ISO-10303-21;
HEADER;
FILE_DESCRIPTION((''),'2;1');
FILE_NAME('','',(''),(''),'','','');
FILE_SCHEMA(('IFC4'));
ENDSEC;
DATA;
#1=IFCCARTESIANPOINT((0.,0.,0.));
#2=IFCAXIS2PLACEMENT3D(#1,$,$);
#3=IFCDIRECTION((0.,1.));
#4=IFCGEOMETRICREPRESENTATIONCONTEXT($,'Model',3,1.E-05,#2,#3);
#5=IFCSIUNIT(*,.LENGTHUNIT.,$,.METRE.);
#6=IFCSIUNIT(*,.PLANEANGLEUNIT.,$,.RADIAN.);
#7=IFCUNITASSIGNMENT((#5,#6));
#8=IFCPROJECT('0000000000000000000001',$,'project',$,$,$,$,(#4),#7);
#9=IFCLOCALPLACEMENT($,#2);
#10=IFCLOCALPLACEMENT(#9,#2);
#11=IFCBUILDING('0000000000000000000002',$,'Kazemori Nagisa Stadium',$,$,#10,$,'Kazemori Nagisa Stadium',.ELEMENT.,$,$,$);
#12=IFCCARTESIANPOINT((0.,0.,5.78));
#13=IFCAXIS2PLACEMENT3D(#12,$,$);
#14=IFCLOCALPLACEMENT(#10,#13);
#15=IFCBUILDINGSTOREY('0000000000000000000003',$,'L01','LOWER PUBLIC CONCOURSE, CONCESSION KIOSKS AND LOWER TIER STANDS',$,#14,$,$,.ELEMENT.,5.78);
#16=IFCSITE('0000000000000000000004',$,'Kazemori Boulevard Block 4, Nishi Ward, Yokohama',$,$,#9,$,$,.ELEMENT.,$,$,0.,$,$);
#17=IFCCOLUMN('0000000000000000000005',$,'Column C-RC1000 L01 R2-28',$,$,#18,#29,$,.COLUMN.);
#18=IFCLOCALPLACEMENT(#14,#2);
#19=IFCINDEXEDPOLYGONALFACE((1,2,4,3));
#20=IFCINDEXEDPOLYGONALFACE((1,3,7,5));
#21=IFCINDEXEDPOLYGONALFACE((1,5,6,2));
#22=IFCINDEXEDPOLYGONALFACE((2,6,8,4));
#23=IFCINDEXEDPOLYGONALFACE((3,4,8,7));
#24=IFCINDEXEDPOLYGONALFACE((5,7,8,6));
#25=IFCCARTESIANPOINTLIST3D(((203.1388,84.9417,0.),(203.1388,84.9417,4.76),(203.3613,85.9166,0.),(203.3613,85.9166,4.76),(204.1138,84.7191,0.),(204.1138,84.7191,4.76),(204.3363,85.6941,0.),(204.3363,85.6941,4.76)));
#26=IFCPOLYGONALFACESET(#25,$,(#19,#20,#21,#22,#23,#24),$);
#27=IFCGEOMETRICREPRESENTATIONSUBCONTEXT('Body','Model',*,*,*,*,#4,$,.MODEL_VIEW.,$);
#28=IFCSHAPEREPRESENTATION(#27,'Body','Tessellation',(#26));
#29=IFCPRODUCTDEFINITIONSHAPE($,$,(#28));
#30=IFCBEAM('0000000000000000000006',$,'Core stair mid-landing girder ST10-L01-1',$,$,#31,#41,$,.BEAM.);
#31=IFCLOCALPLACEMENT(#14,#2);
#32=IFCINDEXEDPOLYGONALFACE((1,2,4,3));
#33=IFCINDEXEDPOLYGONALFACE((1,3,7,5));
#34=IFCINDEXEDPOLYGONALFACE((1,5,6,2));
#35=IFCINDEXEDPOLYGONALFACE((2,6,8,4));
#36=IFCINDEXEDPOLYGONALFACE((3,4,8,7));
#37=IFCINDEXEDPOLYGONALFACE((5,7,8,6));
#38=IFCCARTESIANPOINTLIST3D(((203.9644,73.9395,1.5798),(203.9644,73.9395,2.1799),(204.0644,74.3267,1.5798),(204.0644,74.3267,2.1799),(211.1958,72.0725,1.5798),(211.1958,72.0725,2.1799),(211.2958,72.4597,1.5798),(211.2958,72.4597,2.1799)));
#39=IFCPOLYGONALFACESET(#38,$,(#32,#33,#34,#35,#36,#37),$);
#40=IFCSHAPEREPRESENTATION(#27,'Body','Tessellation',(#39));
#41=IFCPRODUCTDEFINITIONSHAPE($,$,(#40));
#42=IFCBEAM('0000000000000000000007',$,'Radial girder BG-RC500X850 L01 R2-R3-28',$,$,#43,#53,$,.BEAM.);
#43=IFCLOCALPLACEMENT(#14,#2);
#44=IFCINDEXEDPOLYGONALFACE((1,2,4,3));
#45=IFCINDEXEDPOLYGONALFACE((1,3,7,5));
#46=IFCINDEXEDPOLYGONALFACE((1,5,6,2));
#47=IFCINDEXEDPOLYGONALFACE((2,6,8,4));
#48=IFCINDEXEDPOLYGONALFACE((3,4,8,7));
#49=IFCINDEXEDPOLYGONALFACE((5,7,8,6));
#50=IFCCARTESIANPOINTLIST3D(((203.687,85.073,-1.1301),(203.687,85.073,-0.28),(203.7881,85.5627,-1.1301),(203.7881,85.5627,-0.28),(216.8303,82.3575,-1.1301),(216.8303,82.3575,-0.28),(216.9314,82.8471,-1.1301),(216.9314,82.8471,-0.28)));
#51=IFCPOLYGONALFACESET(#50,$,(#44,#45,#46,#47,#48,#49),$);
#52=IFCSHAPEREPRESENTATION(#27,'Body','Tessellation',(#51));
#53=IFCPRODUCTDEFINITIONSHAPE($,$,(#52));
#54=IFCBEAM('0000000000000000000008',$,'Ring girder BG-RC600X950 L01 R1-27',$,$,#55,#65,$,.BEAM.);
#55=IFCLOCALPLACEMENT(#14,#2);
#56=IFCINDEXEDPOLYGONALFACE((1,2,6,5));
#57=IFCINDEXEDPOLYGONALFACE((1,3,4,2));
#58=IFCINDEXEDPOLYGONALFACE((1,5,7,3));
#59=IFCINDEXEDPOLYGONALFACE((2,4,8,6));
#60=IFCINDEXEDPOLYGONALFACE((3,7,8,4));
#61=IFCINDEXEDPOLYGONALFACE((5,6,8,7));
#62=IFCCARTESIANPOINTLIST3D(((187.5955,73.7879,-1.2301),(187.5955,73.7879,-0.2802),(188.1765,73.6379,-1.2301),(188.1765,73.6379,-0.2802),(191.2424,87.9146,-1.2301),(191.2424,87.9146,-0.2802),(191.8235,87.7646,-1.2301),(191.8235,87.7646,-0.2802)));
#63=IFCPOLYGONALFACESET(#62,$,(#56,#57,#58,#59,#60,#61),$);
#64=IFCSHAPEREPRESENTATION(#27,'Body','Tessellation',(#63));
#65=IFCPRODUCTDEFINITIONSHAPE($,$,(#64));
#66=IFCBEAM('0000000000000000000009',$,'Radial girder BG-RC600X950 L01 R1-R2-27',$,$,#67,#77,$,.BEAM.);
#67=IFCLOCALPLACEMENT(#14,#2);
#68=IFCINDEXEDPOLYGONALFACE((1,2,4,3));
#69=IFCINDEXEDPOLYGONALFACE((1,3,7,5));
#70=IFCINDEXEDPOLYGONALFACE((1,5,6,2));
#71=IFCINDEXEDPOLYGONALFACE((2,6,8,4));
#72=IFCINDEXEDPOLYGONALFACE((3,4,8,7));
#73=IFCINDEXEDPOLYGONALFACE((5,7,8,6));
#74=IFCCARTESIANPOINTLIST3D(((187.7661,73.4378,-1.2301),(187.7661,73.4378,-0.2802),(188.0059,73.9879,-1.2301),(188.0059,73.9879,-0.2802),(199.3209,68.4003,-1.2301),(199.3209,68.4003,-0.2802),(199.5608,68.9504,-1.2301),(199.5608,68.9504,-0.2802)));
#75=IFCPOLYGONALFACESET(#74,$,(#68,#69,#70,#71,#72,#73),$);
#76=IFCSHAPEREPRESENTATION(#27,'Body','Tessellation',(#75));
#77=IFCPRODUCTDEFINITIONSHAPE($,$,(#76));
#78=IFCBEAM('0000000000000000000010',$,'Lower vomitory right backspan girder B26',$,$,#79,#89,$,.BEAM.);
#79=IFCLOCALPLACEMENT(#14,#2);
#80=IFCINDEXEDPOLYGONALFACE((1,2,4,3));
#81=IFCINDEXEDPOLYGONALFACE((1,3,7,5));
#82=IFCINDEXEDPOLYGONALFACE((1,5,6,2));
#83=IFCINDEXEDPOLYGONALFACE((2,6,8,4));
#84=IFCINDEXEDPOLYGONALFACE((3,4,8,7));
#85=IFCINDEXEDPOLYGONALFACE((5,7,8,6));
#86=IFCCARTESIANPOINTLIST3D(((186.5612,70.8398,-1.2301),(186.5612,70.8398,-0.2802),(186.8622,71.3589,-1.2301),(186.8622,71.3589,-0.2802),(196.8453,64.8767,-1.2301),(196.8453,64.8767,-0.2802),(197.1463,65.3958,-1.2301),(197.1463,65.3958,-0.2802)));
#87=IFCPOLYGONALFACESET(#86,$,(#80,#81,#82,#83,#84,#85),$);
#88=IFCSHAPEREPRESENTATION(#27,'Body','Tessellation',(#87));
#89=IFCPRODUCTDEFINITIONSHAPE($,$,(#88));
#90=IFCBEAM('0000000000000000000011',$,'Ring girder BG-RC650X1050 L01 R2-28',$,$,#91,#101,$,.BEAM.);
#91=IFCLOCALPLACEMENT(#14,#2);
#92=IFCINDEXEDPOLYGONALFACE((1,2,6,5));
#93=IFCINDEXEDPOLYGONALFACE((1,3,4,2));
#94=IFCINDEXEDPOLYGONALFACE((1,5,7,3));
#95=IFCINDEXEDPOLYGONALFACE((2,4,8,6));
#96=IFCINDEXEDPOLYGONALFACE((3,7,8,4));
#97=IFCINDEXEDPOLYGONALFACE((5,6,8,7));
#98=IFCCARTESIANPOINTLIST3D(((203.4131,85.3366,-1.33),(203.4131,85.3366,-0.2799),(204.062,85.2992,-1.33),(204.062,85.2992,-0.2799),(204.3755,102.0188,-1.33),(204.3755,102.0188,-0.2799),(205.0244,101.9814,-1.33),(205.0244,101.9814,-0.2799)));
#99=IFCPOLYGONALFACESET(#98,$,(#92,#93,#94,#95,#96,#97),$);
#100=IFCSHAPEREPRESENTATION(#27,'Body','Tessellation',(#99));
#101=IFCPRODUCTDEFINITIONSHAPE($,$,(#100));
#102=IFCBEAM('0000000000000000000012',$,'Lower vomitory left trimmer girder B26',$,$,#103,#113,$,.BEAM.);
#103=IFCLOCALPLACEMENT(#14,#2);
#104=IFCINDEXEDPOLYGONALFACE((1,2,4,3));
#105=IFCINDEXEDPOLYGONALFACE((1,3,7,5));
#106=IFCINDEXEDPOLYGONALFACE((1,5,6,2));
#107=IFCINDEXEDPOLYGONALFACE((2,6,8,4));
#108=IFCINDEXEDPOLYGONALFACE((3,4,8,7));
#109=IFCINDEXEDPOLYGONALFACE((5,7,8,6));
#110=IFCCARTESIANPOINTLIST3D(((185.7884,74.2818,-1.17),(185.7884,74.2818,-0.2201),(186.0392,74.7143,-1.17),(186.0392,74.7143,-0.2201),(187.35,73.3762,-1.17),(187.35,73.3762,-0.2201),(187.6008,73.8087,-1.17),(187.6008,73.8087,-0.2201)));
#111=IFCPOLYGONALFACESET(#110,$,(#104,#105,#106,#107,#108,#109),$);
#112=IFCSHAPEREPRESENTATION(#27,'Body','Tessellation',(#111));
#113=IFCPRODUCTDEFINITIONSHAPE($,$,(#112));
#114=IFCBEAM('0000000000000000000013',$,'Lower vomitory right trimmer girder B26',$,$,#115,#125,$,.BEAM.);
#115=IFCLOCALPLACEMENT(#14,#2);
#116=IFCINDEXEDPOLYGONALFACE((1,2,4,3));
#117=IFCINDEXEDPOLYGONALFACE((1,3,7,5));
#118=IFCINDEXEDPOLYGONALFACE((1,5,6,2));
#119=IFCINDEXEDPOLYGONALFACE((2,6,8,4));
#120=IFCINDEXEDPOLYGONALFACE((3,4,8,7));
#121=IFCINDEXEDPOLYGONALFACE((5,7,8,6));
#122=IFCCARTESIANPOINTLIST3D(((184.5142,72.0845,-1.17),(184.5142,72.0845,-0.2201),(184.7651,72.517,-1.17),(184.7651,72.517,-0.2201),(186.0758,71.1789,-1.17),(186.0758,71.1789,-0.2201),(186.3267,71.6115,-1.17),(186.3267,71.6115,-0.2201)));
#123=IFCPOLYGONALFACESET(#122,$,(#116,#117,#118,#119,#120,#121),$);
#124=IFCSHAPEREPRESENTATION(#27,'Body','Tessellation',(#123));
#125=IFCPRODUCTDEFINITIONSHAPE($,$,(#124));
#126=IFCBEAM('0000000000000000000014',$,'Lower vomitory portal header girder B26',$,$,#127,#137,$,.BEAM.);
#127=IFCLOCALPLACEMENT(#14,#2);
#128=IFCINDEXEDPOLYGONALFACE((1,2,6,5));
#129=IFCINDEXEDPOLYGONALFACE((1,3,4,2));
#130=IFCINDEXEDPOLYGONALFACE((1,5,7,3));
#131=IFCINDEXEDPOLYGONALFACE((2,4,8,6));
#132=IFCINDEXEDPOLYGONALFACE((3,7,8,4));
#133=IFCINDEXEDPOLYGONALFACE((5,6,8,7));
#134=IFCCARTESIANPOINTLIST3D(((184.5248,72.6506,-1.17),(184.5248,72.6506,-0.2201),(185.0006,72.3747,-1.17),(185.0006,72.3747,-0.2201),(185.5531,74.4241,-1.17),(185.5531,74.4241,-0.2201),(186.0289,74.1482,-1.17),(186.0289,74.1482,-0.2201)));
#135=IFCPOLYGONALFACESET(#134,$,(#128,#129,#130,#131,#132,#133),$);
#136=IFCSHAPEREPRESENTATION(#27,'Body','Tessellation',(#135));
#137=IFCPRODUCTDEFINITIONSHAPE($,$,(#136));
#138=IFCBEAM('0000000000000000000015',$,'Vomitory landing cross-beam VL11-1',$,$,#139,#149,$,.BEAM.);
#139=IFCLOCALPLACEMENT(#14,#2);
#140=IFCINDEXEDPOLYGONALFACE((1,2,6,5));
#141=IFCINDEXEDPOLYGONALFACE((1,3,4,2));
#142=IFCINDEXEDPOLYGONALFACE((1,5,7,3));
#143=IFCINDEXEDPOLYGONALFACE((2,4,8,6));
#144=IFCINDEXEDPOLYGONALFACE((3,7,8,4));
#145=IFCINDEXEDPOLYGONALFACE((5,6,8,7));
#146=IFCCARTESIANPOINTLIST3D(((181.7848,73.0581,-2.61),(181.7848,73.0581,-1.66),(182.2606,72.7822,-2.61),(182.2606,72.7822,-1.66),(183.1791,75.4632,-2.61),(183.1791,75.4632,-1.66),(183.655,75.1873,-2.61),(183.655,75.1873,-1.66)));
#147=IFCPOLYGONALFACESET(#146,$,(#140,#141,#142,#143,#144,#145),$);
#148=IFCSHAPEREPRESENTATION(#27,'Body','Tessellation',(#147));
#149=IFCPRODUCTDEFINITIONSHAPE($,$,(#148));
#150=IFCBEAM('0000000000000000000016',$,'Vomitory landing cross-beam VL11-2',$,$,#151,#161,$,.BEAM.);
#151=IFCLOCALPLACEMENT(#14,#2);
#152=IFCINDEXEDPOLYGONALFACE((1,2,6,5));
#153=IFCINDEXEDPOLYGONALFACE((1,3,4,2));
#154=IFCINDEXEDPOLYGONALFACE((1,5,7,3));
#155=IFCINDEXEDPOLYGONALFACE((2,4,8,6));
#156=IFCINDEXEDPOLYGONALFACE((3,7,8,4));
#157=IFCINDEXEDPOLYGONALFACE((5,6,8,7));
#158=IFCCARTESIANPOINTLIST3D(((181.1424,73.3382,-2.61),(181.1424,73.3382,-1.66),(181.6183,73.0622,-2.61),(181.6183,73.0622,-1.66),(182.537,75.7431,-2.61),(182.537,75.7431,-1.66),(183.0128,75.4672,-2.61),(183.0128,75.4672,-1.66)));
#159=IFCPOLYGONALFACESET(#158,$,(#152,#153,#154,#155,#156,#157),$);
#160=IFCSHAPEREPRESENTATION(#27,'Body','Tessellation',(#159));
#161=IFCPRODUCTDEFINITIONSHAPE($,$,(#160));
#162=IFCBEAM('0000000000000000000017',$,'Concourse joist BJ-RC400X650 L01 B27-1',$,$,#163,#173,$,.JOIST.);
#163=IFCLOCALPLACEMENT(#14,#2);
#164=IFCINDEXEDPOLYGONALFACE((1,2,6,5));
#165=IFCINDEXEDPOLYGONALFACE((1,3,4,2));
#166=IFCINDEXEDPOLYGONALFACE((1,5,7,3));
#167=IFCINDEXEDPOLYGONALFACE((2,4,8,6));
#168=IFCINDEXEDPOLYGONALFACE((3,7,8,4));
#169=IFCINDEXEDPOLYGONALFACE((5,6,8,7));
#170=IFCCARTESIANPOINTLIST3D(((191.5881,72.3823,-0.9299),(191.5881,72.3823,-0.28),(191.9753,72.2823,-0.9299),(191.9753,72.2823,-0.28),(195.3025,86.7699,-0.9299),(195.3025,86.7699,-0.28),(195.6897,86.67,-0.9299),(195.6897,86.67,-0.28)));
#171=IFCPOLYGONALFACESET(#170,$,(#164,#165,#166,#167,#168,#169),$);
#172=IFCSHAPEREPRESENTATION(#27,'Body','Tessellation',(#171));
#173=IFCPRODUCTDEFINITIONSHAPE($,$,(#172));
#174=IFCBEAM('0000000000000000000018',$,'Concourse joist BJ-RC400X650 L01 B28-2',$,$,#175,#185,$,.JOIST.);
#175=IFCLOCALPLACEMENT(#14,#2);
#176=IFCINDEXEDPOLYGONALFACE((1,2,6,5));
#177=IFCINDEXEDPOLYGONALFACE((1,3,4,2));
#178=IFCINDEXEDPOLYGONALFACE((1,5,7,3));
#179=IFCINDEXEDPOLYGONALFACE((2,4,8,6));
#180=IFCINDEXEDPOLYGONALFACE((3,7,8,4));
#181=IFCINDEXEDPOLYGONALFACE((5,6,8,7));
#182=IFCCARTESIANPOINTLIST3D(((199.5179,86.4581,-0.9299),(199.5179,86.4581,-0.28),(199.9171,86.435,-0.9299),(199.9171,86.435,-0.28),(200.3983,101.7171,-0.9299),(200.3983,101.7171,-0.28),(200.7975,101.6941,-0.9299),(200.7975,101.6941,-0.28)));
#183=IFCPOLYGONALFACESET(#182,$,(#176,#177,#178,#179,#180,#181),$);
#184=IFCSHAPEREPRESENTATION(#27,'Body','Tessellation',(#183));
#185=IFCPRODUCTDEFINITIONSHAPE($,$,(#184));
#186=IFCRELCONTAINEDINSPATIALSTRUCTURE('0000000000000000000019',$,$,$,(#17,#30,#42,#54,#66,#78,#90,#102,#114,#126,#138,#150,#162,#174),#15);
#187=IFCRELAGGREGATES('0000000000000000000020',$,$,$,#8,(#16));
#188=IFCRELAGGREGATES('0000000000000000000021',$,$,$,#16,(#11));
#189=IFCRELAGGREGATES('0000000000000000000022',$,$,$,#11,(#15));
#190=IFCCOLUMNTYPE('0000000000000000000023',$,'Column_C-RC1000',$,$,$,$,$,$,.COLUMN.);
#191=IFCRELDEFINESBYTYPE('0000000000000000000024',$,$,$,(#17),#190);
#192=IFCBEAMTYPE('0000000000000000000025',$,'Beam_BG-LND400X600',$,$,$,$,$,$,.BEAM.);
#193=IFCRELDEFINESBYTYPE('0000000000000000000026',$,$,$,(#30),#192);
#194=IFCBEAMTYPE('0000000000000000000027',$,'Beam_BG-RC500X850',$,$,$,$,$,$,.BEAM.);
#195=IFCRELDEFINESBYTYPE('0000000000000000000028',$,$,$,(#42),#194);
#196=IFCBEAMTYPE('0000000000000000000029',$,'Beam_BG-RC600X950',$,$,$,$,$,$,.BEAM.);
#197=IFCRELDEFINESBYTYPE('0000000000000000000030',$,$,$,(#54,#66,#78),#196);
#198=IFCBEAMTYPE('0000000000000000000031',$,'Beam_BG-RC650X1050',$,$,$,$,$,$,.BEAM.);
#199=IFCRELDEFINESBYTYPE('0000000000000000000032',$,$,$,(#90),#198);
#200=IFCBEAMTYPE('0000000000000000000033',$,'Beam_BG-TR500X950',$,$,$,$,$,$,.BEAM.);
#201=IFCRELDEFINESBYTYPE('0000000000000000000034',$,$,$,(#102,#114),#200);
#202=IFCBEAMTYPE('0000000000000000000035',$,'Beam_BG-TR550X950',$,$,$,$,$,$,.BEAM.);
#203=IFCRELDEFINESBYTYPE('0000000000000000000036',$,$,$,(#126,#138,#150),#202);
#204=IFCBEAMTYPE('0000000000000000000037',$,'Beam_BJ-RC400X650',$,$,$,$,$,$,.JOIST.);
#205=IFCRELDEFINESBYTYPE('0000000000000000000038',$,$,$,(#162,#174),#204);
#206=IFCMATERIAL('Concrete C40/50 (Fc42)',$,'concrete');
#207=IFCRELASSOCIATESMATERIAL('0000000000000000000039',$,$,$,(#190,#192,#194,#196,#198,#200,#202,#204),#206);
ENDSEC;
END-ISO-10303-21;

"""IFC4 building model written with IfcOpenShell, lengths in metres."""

from ifc_helpers import new_model, si_unit, direction, frame, origin, origin_2d, place, context, subcontext, project, spatial, rectangle, extrude, material, material_profile, profile_set, type_object, element, save


model = new_model("IFC4")

# Units and contexts
model_context = context("Model", 3, precision=1e-05, world=origin(), true_north=direction((0.0, 1.0)))
body_context = subcontext(model_context, "Body", "Model", "MODEL_VIEW")
ifc_project = project(units=[si_unit("LENGTHUNIT", "METRE"), si_unit("PLANEANGLEUNIT", "RADIAN")], contexts=[model_context])

# Site, building, storey
site_placement = place(None, origin())
site = spatial("IfcSite", under=ifc_project, at=site_placement, Name="Kazemori Boulevard Block 4, Nishi Ward, Yokohama", CompositionType="ELEMENT", RefElevation=0.0)
building_placement = place(site_placement, origin())
building = spatial("IfcBuilding", under=site, at=building_placement, Name="Kazemori Nagisa Stadium", LongName="Kazemori Nagisa Stadium", CompositionType="ELEMENT")
storey_placement = place(building_placement, frame((0.0, 0.0, 5.78)))
storey = spatial("IfcBuildingStorey", under=building, at=storey_placement, Name="L01", Description="LOWER PUBLIC CONCOURSE, CONCESSION KIOSKS AND LOWER TIER STANDS", CompositionType="ELEMENT", Elevation=5.78)

# Column
ifc_material_1 = material(Name="Concrete C40/50 (Fc42)", Category="concrete")
ifc_material_profile_1 = material_profile(ifc_material_1, rectangle(XDim=1.0, YDim=1.0, at=origin_2d()), Name="RC-COL-1000x1000")
ifc_profile_set_1 = profile_set([ifc_material_profile_1], Name="Concrete C40/50 (Fc42)")
column_type_1 = type_object("IfcColumnType", Name="Column_C-RC1000", PredefinedType="COLUMN", material=ifc_profile_set_1)
column_1_placement = place(storey_placement, frame((203.7375, 85.3179, 0.0), z_axis=(0.0, 0.0, 1.0), x_axis=(0.974928, -0.222521, 0.0)))
element("IfcColumn", 1, at=column_1_placement, inside=storey, type_object=column_type_1, Name="Column C-RC1000 L01 R2-28", PredefinedType="COLUMN", context=body_context, shape_type="SweptSolid", body=[
    extrude(rectangle(XDim=1.0, YDim=1.0, at=origin_2d()), origin(), (0.0, 0.0, 1.0), 4.76),
])

# Beams
ifc_material_profile_2 = material_profile(ifc_material_1, rectangle(XDim=0.3999, YDim=0.6001, at=origin_2d()), Name="RC-BM-400x600")
ifc_profile_set_2 = profile_set([ifc_material_profile_2], Name="Concrete C40/50 (Fc42)")
beam_type_1 = type_object("IfcBeamType", Name="Beam_BG-LND400X600", PredefinedType="BEAM", material=ifc_profile_set_2)
beam_1_placement = place(storey_placement, frame((204.0144, 74.1331, 1.8799), z_axis=(0.968253, -0.249974, 0.0), x_axis=(0.249974, 0.968253, 0.0)))
element("IfcBeam", 2, at=beam_1_placement, inside=storey, type_object=beam_type_1, Name="Core stair mid-landing girder ST10-L01-1", PredefinedType="BEAM", context=body_context, shape_type="SweptSolid", body=[
    extrude(rectangle(XDim=0.3999, YDim=0.6001, at=origin_2d()), origin(), (0.0, 0.0, 1.0), 7.4685),
])
ifc_material_profile_3 = material_profile(ifc_material_1, rectangle(XDim=0.5, YDim=0.8501, at=origin_2d()), Name="RC-BM-500x850")
ifc_profile_set_3 = profile_set([ifc_material_profile_3], Name="Concrete C40/50 (Fc42)")
beam_type_2 = type_object("IfcBeamType", Name="Beam_BG-RC500X850", PredefinedType="BEAM", material=ifc_profile_set_3)
beam_2_placement = place(storey_placement, frame((203.7375, 85.3179, -0.7051), z_axis=(0.979316, -0.202339, 0.0), x_axis=(0.202339, 0.979316, 0.0)))
element("IfcBeam", 3, at=beam_2_placement, inside=storey, type_object=beam_type_2, Name="Radial girder BG-RC500X850 L01 R2-R3-28", PredefinedType="BEAM", context=body_context, shape_type="SweptSolid", body=[
    extrude(rectangle(XDim=0.5, YDim=0.8501, at=origin_2d()), origin(), (0.0, 0.0, 1.0), 13.4209),
])
ifc_material_profile_4 = material_profile(ifc_material_1, rectangle(XDim=0.6001, YDim=0.95, at=origin_2d()), Name="RC-BM-600x950")
ifc_profile_set_4 = profile_set([ifc_material_profile_4], Name="Concrete C40/50 (Fc42)")
beam_type_3 = type_object("IfcBeamType", Name="Beam_BG-RC600X950", PredefinedType="BEAM", material=ifc_profile_set_4)
beam_3_placement = place(storey_placement, frame((187.886, 73.7129, -0.7551), z_axis=(0.249966, 0.968255, 0.0), x_axis=(-0.968255, 0.249966, 0.0)))
element("IfcBeam", 4, at=beam_3_placement, inside=storey, type_object=beam_type_3, Name="Ring girder BG-RC600X950 L01 R1-27", PredefinedType="BEAM", context=body_context, shape_type="SweptSolid", body=[
    extrude(rectangle(XDim=0.6001, YDim=0.95, at=origin_2d()), origin(), (0.0, 0.0, 1.0), 14.5898),
])
beam_4_placement = place(storey_placement, frame((187.886, 73.7129, -0.7551), z_axis=(0.916672, -0.399641, 0.0), x_axis=(0.399641, 0.916672, 0.0)))
element("IfcBeam", 5, at=beam_4_placement, inside=storey, type_object=beam_type_3, Name="Radial girder BG-RC600X950 L01 R1-R2-27", PredefinedType="BEAM", context=body_context, shape_type="SweptSolid", body=[
    extrude(rectangle(XDim=0.6001, YDim=0.95, at=origin_2d()), origin(), (0.0, 0.0, 1.0), 12.6052),
])
beam_5_placement = place(storey_placement, frame((186.7117, 71.0994, -0.7551), z_axis=(0.865093, -0.501612, 0.0), x_axis=(0.501612, 0.865093, 0.0)))
element("IfcBeam", 6, at=beam_5_placement, inside=storey, type_object=beam_type_3, Name="Lower vomitory right backspan girder B26", PredefinedType="BEAM", context=body_context, shape_type="SweptSolid", body=[
    extrude(rectangle(XDim=0.6001, YDim=0.95, at=origin_2d()), origin(), (0.0, 0.0, 1.0), 11.8879),
])
ifc_material_profile_5 = material_profile(ifc_material_1, rectangle(XDim=0.6499, YDim=1.05, at=origin_2d()), Name="RC-BM-650x1050")
ifc_profile_set_5 = profile_set([ifc_material_profile_5], Name="Concrete C40/50 (Fc42)")
beam_type_4 = type_object("IfcBeamType", Name="Beam_BG-RC650X1050", PredefinedType="BEAM", material=ifc_profile_set_5)
beam_6_placement = place(storey_placement, frame((203.7375, 85.3179, -0.8049), z_axis=(0.057595, 0.99834, 0.0), x_axis=(-0.99834, 0.057595, 0.0)))
element("IfcBeam", 7, at=beam_6_placement, inside=storey, type_object=beam_type_4, Name="Ring girder BG-RC650X1050 L01 R2-28", PredefinedType="BEAM", context=body_context, shape_type="SweptSolid", body=[
    extrude(rectangle(XDim=0.6499, YDim=1.05, at=origin_2d()), origin(), (0.0, 0.0, 1.0), 16.71),
])
ifc_material_profile_6 = material_profile(ifc_material_1, rectangle(XDim=0.5, YDim=0.95, at=origin_2d()), Name="RC-BM-500x950")
ifc_profile_set_6 = profile_set([ifc_material_profile_6], Name="Concrete C40/50 (Fc42)")
beam_type_5 = type_object("IfcBeamType", Name="Beam_BG-TR500X950", PredefinedType="BEAM", material=ifc_profile_set_6)
for number, where, z_axis, x_axis, name in (
    (8, (185.9138, 74.498, -0.6951), (0.865071, -0.501649, 0.0), (0.501649, 0.865071, 0.0), "Lower vomitory left trimmer girder B26"),
    (9, (184.6396, 72.3008, -0.6951), (0.865071, -0.501649, 0.0), (0.501649, 0.865071, 0.0), "Lower vomitory right trimmer girder B26"),
):
    element("IfcBeam", number, at=place(storey_placement, frame(where, z_axis=z_axis, x_axis=x_axis)), inside=storey, type_object=beam_type_5, Name=name, PredefinedType="BEAM", context=body_context, shape_type="SweptSolid", body=[
        extrude(rectangle(XDim=0.5, YDim=0.95, at=origin_2d()), origin(), (0.0, 0.0, 1.0), 1.8052),
    ])
ifc_material_profile_7 = material_profile(ifc_material_1, rectangle(XDim=0.55, YDim=0.95, at=origin_2d()), Name="RC-BM-550x950")
ifc_profile_set_7 = profile_set([ifc_material_profile_7], Name="Concrete C40/50 (Fc42)")
beam_type_6 = type_object("IfcBeamType", Name="Beam_BG-TR550X950", PredefinedType="BEAM", material=ifc_profile_set_7)
beam_7_placement = place(storey_placement, frame((185.791, 74.2861, -0.6951), z_axis=(-0.501618, -0.865089, 0.0), x_axis=(0.865089, -0.501618, 0.0)))
element("IfcBeam", 10, at=beam_7_placement, inside=storey, type_object=beam_type_6, Name="Lower vomitory portal header girder B26", PredefinedType="BEAM", context=body_context, shape_type="SweptSolid", body=[
    extrude(rectangle(XDim=0.55, YDim=0.95, at=origin_2d()), origin(), (0.0, 0.0, 1.0), 2.05),
])
for number, where, z_axis, x_axis, name in (
    (11, (182.0227, 72.9202, -2.135), (0.501549, 0.86513, 0.0), (-0.86513, 0.501549, 0.0), "Vomitory landing cross-beam VL11-1"),
    (12, (181.3804, 73.2002, -2.135), (0.501614, 0.865091, 0.0), (-0.865091, 0.501614, 0.0), "Vomitory landing cross-beam VL11-2"),
):
    element("IfcBeam", number, at=place(storey_placement, frame(where, z_axis=z_axis, x_axis=x_axis)), inside=storey, type_object=beam_type_6, Name=name, PredefinedType="BEAM", context=body_context, shape_type="SweptSolid", body=[
        extrude(rectangle(XDim=0.55, YDim=0.95, at=origin_2d()), origin(), (0.0, 0.0, 1.0), 2.78),
    ])
ifc_material_profile_8 = material_profile(ifc_material_1, rectangle(XDim=0.3999, YDim=0.6499, at=origin_2d()), Name="RC-BM-400x650")
ifc_profile_set_8 = profile_set([ifc_material_profile_8], Name="Concrete C40/50 (Fc42)")
beam_type_7 = type_object("IfcBeamType", Name="Beam_BJ-RC400X650", PredefinedType="JOIST", material=ifc_profile_set_8)
beam_8_placement = place(storey_placement, frame((191.7817, 72.3323, -0.605), z_axis=(0.249966, 0.968254, 0.0), x_axis=(-0.968254, 0.249966, 0.0)))
element("IfcBeam", 13, at=beam_8_placement, inside=storey, type_object=beam_type_7, Name="Concourse joist BJ-RC400X650 L01 B27-1", PredefinedType="JOIST", context=body_context, shape_type="SweptSolid", body=[
    extrude(rectangle(XDim=0.3999, YDim=0.6499, at=origin_2d()), origin(), (0.0, 0.0, 1.0), 14.8594),
])
beam_9_placement = place(storey_placement, frame((199.7175, 86.4465, -0.605), z_axis=(0.057599, 0.99834, 0.0), x_axis=(-0.99834, 0.057599, 0.0)))
element("IfcBeam", 14, at=beam_9_placement, inside=storey, type_object=beam_type_7, Name="Concourse joist BJ-RC400X650 L01 B28-2", PredefinedType="JOIST", context=body_context, shape_type="SweptSolid", body=[
    extrude(rectangle(XDim=0.3999, YDim=0.6499, at=origin_2d()), origin(), (0.0, 0.0, 1.0), 15.2844),
])

save(model, "model.ifc")
